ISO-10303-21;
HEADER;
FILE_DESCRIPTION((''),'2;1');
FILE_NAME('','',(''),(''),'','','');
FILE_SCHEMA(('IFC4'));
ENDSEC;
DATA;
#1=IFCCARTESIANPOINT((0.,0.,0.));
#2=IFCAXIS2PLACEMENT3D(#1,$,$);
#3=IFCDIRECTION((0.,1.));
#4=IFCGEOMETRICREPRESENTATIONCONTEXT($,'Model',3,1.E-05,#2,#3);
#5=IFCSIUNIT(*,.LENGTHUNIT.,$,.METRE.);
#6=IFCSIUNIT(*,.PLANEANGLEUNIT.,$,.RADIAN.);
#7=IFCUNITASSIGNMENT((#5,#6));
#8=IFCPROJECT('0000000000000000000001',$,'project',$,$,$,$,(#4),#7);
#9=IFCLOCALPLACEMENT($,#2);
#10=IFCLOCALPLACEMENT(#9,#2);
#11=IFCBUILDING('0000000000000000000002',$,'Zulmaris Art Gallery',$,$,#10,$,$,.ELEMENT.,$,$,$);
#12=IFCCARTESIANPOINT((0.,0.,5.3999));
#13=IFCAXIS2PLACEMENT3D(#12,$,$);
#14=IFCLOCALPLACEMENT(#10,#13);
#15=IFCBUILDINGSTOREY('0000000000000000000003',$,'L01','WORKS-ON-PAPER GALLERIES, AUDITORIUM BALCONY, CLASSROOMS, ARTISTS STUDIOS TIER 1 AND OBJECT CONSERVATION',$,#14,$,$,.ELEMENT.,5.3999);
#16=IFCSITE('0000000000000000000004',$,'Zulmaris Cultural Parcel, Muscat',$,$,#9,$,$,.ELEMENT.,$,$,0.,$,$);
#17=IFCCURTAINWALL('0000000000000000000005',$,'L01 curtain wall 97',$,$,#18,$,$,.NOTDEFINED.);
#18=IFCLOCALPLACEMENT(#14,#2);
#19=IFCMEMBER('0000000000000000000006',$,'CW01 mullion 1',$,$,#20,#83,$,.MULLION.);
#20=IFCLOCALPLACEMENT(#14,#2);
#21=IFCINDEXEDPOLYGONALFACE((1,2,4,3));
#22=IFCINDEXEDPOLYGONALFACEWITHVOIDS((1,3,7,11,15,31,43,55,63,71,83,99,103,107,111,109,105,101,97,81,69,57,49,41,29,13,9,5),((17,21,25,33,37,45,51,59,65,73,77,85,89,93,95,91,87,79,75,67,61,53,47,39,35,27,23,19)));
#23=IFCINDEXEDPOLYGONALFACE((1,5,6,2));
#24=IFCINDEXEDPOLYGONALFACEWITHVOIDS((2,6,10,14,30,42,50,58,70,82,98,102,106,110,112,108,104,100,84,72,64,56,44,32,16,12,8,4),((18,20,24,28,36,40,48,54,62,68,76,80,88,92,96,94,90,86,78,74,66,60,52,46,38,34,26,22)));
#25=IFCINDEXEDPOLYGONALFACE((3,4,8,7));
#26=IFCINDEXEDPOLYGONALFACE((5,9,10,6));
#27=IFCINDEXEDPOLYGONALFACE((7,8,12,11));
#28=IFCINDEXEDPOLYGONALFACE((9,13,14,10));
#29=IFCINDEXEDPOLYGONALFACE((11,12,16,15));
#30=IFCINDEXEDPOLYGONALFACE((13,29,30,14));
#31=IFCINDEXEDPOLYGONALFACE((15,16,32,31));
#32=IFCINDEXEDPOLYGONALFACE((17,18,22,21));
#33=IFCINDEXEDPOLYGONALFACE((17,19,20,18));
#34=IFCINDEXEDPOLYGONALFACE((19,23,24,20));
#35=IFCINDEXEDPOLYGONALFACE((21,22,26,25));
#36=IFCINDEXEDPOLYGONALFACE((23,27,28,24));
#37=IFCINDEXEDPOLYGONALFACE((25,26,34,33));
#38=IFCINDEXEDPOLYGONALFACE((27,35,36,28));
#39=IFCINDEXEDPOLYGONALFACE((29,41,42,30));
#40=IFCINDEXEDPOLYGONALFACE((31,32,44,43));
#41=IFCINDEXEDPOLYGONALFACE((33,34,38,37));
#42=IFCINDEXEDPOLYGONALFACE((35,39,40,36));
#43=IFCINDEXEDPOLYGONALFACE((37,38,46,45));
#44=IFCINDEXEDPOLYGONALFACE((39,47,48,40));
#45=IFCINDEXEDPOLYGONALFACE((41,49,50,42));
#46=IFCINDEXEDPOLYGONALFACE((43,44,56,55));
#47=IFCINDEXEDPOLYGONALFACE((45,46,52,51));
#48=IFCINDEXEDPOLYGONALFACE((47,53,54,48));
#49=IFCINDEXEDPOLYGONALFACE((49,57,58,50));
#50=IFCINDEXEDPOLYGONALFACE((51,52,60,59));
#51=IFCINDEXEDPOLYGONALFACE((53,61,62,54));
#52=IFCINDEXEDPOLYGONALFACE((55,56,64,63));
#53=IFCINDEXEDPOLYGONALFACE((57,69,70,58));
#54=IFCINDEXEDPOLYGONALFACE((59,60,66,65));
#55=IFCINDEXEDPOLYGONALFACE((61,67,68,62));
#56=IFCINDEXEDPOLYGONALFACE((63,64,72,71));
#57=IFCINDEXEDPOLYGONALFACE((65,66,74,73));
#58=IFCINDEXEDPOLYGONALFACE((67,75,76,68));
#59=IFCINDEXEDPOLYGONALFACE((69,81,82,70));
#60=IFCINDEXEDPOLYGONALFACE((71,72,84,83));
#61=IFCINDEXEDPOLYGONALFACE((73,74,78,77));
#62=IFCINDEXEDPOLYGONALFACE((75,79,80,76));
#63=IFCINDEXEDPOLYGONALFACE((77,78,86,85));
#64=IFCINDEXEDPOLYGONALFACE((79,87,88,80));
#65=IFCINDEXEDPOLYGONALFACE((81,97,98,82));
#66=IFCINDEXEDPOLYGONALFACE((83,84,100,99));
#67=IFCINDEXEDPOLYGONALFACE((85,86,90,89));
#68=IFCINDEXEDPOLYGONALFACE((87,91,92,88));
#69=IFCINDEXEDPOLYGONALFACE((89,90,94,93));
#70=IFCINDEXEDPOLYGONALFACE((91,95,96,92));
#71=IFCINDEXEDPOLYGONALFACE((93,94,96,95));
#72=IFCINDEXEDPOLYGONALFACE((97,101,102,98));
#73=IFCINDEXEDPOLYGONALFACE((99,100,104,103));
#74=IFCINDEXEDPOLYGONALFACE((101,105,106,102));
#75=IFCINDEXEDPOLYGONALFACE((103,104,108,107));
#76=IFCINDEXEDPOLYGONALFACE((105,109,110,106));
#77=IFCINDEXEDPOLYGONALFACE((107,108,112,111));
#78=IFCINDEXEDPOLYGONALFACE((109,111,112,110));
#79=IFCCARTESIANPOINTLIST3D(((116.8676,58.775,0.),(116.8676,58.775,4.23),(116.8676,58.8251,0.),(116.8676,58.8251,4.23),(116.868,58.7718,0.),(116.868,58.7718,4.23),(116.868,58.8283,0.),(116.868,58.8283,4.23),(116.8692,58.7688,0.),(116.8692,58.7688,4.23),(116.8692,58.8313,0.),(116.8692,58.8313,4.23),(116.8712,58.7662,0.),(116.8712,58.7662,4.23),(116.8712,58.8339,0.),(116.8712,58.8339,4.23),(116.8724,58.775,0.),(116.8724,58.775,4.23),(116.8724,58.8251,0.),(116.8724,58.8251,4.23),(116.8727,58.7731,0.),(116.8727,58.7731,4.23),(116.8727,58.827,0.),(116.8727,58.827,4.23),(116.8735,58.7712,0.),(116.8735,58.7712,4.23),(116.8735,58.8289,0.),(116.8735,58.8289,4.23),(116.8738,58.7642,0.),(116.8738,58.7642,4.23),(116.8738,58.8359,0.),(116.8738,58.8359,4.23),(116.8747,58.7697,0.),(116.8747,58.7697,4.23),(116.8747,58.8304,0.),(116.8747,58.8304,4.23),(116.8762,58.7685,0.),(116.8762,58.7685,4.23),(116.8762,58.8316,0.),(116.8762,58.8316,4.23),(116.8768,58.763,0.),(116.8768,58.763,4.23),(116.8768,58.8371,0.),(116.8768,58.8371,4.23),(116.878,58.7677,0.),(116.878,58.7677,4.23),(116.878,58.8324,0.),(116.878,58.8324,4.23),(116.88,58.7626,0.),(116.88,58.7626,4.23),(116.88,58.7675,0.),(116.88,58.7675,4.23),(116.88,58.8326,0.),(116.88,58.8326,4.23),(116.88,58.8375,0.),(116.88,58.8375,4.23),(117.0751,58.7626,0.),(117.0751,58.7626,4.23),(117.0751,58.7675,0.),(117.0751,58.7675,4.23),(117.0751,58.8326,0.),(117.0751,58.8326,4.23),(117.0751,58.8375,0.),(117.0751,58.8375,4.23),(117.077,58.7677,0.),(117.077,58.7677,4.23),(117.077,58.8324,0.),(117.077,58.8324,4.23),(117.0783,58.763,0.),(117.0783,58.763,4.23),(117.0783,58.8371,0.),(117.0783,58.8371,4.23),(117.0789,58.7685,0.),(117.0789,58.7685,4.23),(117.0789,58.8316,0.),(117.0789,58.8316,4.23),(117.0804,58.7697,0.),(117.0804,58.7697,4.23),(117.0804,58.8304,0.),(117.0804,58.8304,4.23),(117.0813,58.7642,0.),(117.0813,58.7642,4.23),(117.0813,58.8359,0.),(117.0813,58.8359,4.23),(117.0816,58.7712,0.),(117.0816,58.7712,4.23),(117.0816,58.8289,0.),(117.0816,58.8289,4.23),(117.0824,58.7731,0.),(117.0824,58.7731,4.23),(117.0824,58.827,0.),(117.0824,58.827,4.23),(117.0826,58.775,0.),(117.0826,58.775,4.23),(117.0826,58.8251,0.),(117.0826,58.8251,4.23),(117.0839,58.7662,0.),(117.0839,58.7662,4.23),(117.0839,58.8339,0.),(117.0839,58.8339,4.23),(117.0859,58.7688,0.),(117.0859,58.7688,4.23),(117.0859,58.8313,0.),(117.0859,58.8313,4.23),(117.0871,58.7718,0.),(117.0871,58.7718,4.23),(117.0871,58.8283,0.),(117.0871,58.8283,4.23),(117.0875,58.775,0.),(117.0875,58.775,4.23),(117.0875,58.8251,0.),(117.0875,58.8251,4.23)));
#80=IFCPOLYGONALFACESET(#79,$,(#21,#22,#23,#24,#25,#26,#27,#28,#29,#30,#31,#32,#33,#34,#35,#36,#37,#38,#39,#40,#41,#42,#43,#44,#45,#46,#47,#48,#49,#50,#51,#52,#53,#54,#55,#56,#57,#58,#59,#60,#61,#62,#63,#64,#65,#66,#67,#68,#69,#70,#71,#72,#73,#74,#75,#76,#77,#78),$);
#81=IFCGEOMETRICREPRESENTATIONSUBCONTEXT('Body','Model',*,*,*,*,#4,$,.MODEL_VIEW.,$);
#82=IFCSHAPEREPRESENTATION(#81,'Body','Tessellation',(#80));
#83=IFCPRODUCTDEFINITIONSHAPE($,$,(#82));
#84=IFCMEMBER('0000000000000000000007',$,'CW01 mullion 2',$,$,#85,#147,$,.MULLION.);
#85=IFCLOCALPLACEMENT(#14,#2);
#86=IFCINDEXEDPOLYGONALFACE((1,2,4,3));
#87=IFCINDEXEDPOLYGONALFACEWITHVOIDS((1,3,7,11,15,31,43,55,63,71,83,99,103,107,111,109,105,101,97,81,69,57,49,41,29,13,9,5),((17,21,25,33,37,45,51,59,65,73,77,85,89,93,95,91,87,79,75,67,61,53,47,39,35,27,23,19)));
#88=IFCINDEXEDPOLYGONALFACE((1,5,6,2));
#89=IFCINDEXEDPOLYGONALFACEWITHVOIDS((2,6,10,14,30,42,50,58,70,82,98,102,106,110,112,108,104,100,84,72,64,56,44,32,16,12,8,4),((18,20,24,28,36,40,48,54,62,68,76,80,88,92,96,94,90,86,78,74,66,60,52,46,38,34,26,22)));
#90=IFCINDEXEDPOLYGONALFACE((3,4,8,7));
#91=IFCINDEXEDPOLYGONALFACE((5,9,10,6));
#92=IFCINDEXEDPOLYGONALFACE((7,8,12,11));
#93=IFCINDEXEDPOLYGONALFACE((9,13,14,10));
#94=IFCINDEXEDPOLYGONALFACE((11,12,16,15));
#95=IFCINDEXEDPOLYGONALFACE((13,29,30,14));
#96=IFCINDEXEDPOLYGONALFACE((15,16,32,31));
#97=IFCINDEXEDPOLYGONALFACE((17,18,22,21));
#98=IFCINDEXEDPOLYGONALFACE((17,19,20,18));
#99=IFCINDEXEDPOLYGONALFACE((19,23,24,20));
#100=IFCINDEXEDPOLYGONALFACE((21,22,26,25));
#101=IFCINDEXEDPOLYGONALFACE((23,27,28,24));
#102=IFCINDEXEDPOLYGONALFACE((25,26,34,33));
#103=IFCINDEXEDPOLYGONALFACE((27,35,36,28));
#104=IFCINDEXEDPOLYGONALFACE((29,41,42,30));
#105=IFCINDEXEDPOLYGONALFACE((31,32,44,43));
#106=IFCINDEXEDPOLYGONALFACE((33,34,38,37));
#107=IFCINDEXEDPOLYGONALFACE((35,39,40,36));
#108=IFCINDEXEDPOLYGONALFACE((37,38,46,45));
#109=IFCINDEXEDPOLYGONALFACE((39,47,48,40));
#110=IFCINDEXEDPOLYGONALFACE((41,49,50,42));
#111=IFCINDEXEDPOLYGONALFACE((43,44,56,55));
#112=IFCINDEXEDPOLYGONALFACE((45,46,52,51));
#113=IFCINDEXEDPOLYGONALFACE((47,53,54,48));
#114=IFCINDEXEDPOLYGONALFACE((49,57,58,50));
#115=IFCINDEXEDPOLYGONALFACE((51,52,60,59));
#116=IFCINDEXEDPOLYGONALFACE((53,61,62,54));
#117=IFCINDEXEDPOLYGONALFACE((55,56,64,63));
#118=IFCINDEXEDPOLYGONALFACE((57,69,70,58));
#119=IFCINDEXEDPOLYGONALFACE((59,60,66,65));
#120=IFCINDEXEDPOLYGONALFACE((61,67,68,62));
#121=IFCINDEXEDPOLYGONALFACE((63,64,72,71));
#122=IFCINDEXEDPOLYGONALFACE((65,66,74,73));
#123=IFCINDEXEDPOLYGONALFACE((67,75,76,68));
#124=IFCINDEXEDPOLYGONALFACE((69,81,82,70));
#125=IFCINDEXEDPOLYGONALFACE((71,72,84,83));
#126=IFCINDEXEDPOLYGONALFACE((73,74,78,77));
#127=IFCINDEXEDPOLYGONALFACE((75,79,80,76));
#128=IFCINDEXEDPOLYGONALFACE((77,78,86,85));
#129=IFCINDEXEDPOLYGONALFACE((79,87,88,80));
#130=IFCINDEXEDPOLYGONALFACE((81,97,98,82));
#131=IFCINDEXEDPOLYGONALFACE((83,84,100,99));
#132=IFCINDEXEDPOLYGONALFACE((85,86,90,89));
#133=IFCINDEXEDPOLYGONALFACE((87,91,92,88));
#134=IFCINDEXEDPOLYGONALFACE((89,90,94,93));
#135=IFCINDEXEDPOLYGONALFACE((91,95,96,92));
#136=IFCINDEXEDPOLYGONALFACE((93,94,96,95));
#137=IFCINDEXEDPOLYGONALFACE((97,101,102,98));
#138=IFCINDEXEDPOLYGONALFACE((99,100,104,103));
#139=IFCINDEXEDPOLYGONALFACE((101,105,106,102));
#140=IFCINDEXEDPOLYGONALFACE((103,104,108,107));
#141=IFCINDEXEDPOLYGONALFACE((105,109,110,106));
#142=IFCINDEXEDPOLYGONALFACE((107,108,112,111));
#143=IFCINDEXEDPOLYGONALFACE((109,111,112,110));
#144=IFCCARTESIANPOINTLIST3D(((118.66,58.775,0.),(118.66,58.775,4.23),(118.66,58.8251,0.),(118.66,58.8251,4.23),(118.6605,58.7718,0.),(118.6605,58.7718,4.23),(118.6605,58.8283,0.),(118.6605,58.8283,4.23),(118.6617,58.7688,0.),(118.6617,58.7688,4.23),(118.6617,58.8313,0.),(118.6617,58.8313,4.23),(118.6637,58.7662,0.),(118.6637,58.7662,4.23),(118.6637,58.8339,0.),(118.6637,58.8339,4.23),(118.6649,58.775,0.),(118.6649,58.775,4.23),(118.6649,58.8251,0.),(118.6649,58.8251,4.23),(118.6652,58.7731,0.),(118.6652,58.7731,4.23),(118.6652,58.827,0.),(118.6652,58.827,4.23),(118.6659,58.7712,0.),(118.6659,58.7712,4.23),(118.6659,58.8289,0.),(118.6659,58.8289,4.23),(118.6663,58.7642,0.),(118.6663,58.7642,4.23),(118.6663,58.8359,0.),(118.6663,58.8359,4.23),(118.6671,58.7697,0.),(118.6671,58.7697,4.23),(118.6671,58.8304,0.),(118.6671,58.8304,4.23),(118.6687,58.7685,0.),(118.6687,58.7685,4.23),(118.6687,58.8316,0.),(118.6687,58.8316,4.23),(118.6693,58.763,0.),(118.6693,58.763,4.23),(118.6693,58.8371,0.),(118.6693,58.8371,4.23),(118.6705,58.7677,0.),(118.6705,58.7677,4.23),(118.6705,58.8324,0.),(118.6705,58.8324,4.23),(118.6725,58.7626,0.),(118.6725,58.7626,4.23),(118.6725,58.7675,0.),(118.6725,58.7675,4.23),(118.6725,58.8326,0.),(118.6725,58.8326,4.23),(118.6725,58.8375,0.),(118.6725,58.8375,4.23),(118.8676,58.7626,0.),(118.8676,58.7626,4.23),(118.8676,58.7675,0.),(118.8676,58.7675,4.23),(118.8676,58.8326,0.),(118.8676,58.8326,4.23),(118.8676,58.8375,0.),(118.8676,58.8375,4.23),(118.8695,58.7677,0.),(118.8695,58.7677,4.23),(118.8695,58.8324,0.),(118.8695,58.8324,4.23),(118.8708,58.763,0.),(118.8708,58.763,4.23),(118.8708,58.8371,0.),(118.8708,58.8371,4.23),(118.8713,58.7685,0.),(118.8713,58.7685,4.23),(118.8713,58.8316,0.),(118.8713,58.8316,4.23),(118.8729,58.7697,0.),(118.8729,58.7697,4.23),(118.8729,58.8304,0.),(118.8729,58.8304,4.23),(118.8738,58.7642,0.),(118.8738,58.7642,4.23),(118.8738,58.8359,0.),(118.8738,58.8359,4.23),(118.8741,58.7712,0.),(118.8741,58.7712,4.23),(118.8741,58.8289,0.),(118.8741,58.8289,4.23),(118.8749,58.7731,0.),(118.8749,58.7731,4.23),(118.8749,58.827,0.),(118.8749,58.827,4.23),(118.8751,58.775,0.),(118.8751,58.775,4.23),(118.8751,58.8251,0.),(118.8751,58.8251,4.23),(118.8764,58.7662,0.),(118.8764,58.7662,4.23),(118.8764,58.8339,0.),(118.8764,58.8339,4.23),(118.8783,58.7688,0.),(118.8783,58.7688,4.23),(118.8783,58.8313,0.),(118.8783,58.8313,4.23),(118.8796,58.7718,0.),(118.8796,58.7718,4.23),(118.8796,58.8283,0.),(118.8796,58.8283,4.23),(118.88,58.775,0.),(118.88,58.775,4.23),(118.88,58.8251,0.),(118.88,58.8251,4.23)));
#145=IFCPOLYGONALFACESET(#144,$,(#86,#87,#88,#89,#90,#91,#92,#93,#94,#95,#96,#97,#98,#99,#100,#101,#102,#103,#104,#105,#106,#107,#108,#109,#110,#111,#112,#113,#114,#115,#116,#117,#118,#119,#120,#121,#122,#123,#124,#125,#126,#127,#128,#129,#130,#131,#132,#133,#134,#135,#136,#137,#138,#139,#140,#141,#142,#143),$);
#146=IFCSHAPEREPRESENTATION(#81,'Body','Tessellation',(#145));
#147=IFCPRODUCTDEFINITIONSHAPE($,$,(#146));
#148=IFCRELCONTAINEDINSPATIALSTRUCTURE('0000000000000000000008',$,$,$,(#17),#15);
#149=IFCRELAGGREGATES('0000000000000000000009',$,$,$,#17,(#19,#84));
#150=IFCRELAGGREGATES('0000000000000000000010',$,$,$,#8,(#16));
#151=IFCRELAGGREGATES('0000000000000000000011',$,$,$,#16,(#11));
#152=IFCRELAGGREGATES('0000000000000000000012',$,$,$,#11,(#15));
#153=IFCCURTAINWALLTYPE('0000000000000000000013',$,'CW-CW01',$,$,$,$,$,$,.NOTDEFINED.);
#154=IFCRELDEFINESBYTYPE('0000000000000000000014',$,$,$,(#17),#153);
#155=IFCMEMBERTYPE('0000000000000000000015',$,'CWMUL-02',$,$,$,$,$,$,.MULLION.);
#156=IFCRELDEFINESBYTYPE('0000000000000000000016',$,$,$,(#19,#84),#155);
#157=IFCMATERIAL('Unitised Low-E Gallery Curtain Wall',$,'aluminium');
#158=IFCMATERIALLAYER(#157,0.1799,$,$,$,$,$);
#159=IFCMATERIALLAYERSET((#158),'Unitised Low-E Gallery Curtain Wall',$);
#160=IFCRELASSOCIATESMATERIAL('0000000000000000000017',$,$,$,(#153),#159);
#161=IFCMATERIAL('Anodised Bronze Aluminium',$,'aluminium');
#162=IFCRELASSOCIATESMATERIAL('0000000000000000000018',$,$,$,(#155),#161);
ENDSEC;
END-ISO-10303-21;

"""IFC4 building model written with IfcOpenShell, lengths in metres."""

from ifc_helpers import new_model, si_unit, direction, frame, origin, origin_2d, place, context, subcontext, project, spatial, hollow_rectangle, extrude, material, layer, layer_set, material_profile, profile_set, type_object, element, aggregate, save


model = new_model("IFC4")

# Units and contexts
model_context = context("Model", 3, precision=1e-05, world=origin(), true_north=direction((0.0, 1.0)))
body_context = subcontext(model_context, "Body", "Model", "MODEL_VIEW")
ifc_project = project(units=[si_unit("LENGTHUNIT", "METRE"), si_unit("PLANEANGLEUNIT", "RADIAN")], contexts=[model_context])

# Site, building, storey
site_placement = place(None, origin())
site = spatial("IfcSite", under=ifc_project, at=site_placement, Name="Zulmaris Cultural Parcel, Muscat", CompositionType="ELEMENT", RefElevation=0.0)
building_placement = place(site_placement, origin())
building = spatial("IfcBuilding", under=site, at=building_placement, Name="Zulmaris Art Gallery", CompositionType="ELEMENT")
storey_placement = place(building_placement, frame((0.0, 0.0, 5.3999)))
storey = spatial("IfcBuildingStorey", under=building, at=storey_placement, Name="L01", Description="WORKS-ON-PAPER GALLERIES, AUDITORIUM BALCONY, CLASSROOMS, ARTISTS STUDIOS TIER 1 AND OBJECT CONSERVATION", CompositionType="ELEMENT", Elevation=5.3999)

# Curtain wall, members
ifc_material_1 = material(Name="Unitised Low-E Gallery Curtain Wall", Category="aluminium")
ifc_layer_1 = layer(ifc_material_1, 0.1799)
ifc_layer_set_1 = layer_set([ifc_layer_1], Name="Unitised Low-E Gallery Curtain Wall")
curtain_wall_type = type_object("IfcCurtainWallType", Name="CW-CW01", PredefinedType="NOTDEFINED", material=ifc_layer_set_1)
ifc_material_2 = material(Name="Anodised Bronze Aluminium", Category="aluminium")
ifc_material_profile_1 = material_profile(ifc_material_2, hollow_rectangle(XDim=0.075, YDim=0.22, WallThickness=0.0049, InnerFilletRadius=0.0076, OuterFilletRadius=0.0125, at=origin_2d()), Name="ALU 75x220x5")
ifc_profile_set_1 = profile_set([ifc_material_profile_1], Name="Anodised Bronze Aluminium")
member_type_1 = type_object("IfcMemberType", Name="CWMUL-02", PredefinedType="MULLION", material=ifc_profile_set_1)
curtain_wall_1_placement = place(storey_placement, origin())
curtain_wall_1 = element("IfcCurtainWall", 1, at=curtain_wall_1_placement, inside=storey, type_object=curtain_wall_type, Name="L01 curtain wall 97", PredefinedType="NOTDEFINED")
member_1_placement = place(storey_placement, frame((116.9775, 58.8, 0.0), z_axis=(0.0, 0.0, 1.0), x_axis=(0.0, 1.0, 0.0)))
member_1 = element("IfcMember", 2, at=member_1_placement, type_object=member_type_1, Name="CW01 mullion 1", PredefinedType="MULLION", context=body_context, shape_type="SweptSolid", body=[
    extrude(hollow_rectangle(XDim=0.075, YDim=0.22, WallThickness=0.0049, InnerFilletRadius=0.0076, OuterFilletRadius=0.0125, at=origin_2d()), origin(), (0.0, 0.0, 1.0), 4.23),
])
member_2_placement = place(storey_placement, frame((118.77, 58.8, 0.0), z_axis=(0.0, 0.0, 1.0), x_axis=(0.0, 1.0, 0.0)))
member_2 = element("IfcMember", 3, at=member_2_placement, type_object=member_type_1, Name="CW01 mullion 2", PredefinedType="MULLION", context=body_context, shape_type="SweptSolid", body=[
    extrude(hollow_rectangle(XDim=0.075, YDim=0.22, WallThickness=0.0049, InnerFilletRadius=0.0076, OuterFilletRadius=0.0125, at=origin_2d()), origin(), (0.0, 0.0, 1.0), 4.23),
])

aggregate(curtain_wall_1, [member_1, member_2])

save(model, "model.ifc")
